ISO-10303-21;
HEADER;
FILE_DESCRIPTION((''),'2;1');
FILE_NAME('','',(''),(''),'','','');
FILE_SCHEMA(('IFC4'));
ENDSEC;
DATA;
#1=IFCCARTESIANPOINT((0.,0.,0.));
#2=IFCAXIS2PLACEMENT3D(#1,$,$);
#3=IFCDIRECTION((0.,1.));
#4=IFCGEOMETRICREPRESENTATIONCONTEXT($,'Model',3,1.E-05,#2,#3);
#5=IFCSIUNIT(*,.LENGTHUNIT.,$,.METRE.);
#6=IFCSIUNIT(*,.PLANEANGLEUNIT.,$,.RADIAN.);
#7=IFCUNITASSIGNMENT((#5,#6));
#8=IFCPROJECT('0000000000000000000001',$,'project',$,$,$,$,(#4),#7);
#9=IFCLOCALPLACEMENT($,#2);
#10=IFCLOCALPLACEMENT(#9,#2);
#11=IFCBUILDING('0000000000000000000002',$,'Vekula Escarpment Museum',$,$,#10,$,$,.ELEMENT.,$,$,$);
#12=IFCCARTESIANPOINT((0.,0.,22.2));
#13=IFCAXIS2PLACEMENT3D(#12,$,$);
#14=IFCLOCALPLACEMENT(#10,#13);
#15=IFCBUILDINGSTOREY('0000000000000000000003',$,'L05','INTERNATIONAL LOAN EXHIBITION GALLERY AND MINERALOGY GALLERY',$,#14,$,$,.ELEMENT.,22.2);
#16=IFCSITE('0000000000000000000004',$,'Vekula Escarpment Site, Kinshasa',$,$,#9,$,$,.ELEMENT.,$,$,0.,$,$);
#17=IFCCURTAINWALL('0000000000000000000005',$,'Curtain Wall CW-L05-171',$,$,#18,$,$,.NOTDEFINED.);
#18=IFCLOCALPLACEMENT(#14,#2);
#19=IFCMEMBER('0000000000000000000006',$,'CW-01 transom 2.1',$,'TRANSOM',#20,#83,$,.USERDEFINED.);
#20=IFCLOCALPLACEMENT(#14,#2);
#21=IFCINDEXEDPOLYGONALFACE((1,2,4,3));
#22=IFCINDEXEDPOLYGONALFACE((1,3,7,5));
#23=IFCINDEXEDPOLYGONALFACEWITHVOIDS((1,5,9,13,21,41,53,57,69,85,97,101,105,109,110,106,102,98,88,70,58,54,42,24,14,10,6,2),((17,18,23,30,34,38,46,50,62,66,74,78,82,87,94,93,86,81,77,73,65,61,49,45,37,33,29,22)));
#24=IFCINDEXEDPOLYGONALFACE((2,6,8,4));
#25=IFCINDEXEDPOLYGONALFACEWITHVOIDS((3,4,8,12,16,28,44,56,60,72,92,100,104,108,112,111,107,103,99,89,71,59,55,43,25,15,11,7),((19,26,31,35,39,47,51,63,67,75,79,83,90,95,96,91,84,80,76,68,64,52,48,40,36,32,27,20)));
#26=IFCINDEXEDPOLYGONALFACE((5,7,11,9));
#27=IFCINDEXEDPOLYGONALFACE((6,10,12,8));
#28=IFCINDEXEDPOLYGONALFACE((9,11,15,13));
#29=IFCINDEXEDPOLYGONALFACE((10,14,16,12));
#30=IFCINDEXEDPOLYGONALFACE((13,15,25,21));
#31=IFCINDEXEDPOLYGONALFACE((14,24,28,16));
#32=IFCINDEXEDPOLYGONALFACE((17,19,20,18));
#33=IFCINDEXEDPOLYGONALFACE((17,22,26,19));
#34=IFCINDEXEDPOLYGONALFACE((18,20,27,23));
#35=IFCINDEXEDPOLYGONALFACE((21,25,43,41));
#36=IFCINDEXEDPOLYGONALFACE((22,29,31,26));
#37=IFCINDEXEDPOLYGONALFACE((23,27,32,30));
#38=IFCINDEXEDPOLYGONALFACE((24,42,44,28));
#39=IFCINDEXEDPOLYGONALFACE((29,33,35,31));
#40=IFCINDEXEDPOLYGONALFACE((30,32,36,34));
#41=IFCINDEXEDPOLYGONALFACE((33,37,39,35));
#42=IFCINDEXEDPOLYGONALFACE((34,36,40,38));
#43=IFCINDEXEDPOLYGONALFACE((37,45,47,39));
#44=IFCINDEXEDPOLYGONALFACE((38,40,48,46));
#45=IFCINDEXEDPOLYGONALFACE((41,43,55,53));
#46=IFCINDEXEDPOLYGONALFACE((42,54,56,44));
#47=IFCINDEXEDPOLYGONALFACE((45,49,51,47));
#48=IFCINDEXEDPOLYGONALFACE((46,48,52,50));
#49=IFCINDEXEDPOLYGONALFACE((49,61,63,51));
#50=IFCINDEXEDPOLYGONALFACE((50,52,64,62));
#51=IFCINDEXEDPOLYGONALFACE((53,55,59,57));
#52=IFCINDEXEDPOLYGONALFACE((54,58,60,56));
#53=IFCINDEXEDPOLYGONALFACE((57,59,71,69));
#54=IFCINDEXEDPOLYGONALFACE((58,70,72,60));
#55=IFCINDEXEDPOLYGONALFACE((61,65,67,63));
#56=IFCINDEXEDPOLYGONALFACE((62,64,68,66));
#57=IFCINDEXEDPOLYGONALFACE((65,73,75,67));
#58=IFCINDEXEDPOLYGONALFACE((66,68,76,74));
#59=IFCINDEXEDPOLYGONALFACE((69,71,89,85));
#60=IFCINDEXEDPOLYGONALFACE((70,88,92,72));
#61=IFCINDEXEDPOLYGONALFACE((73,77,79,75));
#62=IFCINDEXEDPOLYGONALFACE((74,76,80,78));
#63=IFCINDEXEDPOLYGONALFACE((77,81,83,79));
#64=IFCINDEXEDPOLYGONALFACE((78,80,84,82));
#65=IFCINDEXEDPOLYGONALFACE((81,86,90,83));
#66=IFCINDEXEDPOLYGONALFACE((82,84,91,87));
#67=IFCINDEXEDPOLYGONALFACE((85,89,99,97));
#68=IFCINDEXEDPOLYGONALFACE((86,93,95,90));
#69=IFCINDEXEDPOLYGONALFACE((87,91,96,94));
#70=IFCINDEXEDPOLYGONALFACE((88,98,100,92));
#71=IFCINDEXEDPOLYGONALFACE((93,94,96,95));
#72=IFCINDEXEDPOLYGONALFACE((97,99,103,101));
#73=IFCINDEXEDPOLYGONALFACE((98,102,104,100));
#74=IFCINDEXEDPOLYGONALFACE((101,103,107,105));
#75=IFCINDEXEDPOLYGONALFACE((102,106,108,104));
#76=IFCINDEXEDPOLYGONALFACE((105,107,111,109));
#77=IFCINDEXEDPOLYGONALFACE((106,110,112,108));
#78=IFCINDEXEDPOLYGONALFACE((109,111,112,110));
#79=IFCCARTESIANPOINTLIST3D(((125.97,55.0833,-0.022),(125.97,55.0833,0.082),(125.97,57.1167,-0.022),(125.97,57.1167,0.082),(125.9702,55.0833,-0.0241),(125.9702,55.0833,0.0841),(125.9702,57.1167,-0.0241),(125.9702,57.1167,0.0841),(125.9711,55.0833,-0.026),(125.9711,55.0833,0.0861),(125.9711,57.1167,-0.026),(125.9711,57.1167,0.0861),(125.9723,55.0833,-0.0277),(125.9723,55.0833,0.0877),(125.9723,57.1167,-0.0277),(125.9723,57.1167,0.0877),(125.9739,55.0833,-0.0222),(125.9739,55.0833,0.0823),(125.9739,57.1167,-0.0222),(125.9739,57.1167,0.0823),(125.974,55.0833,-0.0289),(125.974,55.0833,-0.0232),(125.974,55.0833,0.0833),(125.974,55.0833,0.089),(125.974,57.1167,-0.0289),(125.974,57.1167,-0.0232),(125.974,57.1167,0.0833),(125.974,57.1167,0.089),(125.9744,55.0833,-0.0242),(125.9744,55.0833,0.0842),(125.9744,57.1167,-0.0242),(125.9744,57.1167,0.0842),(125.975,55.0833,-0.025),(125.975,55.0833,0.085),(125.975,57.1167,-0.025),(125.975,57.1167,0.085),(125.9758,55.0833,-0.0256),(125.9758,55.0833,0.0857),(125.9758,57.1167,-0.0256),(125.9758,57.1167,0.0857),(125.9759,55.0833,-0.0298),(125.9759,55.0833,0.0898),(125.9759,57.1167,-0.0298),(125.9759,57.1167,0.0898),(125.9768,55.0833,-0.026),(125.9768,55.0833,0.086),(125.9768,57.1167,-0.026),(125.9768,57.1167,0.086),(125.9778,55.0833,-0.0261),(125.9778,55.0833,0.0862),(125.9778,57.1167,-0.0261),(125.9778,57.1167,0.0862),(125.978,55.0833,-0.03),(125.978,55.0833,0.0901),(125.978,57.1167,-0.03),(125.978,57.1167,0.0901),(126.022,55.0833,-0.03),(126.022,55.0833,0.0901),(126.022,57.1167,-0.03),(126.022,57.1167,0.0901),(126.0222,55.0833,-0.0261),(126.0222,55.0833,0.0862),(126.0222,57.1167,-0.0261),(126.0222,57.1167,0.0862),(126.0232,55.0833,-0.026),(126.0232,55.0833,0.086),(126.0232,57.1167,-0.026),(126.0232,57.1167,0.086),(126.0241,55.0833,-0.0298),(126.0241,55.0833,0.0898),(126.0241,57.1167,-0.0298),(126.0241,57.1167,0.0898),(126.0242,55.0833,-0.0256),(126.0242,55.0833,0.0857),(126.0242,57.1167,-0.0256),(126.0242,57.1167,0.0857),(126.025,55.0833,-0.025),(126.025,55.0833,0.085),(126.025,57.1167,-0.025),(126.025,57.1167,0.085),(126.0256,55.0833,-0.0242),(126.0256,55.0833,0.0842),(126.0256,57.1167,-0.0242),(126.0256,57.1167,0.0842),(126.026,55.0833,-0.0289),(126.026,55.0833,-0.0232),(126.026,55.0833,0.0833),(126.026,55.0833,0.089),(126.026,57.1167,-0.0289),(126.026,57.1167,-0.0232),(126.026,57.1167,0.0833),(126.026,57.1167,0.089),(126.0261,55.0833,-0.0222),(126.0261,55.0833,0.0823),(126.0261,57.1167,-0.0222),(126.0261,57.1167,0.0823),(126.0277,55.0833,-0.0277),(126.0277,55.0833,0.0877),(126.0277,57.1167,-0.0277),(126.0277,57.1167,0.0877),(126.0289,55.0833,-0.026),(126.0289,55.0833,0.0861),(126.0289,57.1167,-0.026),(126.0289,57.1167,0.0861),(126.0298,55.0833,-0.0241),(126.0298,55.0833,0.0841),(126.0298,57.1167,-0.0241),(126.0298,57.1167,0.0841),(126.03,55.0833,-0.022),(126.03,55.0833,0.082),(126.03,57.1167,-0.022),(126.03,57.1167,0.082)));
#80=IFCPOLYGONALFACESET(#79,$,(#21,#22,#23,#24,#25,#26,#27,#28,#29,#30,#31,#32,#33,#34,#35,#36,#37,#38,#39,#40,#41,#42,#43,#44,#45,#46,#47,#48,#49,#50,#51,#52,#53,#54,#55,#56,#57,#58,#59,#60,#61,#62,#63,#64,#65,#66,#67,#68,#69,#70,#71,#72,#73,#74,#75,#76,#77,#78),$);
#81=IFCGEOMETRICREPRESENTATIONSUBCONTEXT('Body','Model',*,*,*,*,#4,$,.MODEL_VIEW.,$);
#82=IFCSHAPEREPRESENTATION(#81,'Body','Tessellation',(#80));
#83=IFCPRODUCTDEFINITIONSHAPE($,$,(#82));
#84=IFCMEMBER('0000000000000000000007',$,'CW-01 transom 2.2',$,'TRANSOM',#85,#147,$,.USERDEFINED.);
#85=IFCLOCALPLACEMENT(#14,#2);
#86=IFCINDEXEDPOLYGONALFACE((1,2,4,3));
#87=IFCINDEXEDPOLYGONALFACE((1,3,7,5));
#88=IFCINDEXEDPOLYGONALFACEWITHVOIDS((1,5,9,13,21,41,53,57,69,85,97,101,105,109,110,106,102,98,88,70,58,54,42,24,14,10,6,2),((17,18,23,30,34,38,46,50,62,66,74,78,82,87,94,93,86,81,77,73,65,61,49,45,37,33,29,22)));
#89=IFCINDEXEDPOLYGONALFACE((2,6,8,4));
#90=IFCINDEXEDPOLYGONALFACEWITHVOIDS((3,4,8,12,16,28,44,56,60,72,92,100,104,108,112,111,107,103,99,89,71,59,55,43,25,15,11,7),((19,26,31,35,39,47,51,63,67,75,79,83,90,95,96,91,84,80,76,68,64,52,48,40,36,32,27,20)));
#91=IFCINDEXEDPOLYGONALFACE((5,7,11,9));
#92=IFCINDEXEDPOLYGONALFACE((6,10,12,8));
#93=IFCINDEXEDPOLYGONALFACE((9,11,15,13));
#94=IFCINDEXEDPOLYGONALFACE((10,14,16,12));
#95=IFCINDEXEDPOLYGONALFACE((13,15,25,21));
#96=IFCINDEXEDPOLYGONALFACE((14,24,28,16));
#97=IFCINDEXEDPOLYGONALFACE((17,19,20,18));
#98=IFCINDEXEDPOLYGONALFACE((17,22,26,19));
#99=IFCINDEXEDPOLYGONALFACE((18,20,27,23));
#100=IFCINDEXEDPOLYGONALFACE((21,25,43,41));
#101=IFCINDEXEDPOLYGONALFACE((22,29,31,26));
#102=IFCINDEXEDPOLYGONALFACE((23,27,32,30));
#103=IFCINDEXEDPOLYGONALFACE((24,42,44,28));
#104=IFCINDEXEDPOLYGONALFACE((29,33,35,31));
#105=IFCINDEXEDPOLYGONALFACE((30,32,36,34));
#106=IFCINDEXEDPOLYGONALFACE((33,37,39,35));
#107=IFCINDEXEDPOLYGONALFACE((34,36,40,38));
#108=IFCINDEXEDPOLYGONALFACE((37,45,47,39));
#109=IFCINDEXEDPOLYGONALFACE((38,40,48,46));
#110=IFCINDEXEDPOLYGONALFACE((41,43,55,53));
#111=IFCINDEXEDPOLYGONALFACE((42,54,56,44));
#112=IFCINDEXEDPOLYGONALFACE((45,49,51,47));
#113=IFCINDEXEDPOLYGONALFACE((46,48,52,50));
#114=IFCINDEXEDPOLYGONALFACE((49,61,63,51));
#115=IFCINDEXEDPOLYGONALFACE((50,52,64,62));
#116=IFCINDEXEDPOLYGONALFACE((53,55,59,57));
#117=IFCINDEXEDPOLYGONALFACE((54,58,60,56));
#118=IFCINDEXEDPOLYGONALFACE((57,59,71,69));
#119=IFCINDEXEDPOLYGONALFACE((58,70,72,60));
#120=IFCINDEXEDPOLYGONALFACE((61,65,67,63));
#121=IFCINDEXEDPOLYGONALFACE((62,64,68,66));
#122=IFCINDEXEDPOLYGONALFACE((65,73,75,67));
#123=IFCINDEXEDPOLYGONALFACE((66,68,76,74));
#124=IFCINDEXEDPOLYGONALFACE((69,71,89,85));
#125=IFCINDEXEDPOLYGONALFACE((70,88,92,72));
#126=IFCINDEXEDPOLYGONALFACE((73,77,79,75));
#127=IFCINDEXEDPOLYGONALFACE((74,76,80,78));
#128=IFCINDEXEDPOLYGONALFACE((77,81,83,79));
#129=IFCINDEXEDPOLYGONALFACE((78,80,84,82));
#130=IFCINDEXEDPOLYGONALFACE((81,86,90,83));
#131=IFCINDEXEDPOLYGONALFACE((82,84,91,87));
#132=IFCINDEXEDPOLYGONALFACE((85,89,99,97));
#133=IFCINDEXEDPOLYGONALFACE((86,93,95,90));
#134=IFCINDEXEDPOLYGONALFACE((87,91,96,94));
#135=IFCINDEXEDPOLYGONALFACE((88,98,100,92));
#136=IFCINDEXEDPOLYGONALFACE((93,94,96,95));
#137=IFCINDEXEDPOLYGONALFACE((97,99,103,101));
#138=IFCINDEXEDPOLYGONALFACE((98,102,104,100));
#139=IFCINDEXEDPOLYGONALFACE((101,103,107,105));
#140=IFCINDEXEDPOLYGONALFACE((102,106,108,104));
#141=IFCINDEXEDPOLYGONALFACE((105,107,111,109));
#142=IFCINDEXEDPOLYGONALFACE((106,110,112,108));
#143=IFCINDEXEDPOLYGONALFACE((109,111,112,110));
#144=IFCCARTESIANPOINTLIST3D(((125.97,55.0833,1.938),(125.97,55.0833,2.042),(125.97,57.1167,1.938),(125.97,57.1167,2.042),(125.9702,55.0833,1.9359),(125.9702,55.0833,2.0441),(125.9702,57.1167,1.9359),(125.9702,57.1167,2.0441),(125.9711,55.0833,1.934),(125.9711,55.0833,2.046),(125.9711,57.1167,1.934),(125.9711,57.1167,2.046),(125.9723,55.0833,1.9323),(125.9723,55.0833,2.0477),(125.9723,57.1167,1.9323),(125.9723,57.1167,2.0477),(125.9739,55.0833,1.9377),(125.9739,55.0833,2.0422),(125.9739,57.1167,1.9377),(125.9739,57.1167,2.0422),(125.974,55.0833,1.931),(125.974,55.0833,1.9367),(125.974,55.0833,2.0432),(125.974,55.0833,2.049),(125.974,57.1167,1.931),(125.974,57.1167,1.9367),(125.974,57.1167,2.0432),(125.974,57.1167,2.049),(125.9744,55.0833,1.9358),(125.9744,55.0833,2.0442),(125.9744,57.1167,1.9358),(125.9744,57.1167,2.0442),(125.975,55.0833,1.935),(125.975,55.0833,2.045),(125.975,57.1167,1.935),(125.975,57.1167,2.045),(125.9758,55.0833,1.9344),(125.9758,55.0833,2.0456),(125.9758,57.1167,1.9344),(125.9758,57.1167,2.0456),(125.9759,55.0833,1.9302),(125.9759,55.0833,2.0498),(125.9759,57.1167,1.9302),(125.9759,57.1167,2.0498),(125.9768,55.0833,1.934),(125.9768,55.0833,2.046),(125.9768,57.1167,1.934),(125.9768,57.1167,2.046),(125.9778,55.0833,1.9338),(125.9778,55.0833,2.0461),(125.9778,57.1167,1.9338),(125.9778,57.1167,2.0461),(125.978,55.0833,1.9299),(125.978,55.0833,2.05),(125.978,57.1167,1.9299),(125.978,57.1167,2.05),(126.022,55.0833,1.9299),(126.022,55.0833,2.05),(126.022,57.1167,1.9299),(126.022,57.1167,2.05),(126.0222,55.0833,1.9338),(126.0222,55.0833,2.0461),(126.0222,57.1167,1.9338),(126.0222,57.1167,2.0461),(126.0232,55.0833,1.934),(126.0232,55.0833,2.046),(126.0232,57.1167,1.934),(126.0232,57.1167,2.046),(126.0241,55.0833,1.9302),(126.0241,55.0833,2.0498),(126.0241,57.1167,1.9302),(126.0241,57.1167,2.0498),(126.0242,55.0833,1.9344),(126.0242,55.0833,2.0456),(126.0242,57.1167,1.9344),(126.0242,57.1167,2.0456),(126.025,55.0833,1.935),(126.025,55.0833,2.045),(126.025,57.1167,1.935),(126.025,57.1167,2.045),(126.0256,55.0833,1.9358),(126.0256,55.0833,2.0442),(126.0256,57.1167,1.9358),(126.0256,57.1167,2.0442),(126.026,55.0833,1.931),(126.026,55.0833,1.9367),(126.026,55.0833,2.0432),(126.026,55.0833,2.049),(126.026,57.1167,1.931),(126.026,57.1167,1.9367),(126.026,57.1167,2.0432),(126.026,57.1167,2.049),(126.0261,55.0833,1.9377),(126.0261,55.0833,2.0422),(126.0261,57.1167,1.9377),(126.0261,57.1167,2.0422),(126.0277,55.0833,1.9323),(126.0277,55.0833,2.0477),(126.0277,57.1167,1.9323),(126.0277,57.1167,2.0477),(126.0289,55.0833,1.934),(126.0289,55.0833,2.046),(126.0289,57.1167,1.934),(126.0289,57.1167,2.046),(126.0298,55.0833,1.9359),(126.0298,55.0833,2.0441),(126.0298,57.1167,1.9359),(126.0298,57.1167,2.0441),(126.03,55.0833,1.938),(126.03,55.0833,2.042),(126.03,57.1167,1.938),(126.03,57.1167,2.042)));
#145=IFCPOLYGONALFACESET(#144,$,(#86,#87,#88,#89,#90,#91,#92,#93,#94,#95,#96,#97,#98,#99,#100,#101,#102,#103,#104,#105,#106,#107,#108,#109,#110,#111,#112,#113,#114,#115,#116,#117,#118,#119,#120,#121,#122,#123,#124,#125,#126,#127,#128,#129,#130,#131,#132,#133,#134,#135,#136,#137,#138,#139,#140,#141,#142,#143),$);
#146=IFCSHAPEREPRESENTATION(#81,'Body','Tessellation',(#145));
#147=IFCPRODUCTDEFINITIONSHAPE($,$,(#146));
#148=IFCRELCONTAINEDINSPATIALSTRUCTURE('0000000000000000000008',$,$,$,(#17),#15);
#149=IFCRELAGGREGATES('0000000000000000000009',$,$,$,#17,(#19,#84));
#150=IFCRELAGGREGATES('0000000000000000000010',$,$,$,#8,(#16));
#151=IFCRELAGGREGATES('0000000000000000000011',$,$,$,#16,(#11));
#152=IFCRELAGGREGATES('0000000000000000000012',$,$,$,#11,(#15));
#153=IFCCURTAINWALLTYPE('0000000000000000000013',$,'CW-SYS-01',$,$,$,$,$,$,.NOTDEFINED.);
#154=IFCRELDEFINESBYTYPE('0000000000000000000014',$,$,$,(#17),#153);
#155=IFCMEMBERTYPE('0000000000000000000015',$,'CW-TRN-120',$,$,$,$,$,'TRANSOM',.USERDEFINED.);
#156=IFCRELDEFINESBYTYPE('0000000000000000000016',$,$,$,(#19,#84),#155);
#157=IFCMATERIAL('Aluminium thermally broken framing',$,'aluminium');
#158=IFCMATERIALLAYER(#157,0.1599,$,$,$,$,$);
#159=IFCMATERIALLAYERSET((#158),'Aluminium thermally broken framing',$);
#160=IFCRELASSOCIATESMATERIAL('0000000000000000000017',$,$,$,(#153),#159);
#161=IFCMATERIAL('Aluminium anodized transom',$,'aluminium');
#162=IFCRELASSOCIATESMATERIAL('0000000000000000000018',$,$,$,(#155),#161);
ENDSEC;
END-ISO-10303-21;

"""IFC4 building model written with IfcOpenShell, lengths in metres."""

from ifc_helpers import new_model, si_unit, direction, frame, origin, origin_2d, place, context, subcontext, project, spatial, hollow_rectangle, extrude, material, layer, layer_set, material_profile, profile_set, type_object, element, aggregate, save


model = new_model("IFC4")

# Units and contexts
model_context = context("Model", 3, precision=1e-05, world=origin(), true_north=direction((0.0, 1.0)))
body_context = subcontext(model_context, "Body", "Model", "MODEL_VIEW")
ifc_project = project(units=[si_unit("LENGTHUNIT", "METRE"), si_unit("PLANEANGLEUNIT", "RADIAN")], contexts=[model_context])

# Site, building, storey
site_placement = place(None, origin())
site = spatial("IfcSite", under=ifc_project, at=site_placement, Name="Vekula Escarpment Site, Kinshasa", CompositionType="ELEMENT", RefElevation=0.0)
building_placement = place(site_placement, origin())
building = spatial("IfcBuilding", under=site, at=building_placement, Name="Vekula Escarpment Museum", CompositionType="ELEMENT")
storey_placement = place(building_placement, frame((0.0, 0.0, 22.2)))
storey = spatial("IfcBuildingStorey", under=building, at=storey_placement, Name="L05", Description="INTERNATIONAL LOAN EXHIBITION GALLERY AND MINERALOGY GALLERY", CompositionType="ELEMENT", Elevation=22.2)

# Curtain wall, members
ifc_material_1 = material(Name="Aluminium thermally broken framing", Category="aluminium")
ifc_layer_1 = layer(ifc_material_1, 0.1599)
ifc_layer_set_1 = layer_set([ifc_layer_1], Name="Aluminium thermally broken framing")
curtain_wall_type = type_object("IfcCurtainWallType", Name="CW-SYS-01", PredefinedType="NOTDEFINED", material=ifc_layer_set_1)
curtain_wall_placement = place(storey_placement, origin())
curtain_wall = element("IfcCurtainWall", 1, at=curtain_wall_placement, inside=storey, type_object=curtain_wall_type, Name="Curtain Wall CW-L05-171", PredefinedType="NOTDEFINED")
ifc_material_2 = material(Name="Aluminium anodized transom", Category="aluminium")
ifc_material_profile_1 = material_profile(ifc_material_2, hollow_rectangle(XDim=0.0601, YDim=0.1201, WallThickness=0.0039, InnerFilletRadius=0.0039, OuterFilletRadius=0.0081, at=origin_2d()), Name="ALU 120x60x4")
ifc_profile_set_1 = profile_set([ifc_material_profile_1], Name="Aluminium anodized transom")
member_type_1 = type_object("IfcMemberType", Name="CW-TRN-120", ElementType="TRANSOM", PredefinedType="USERDEFINED", material=ifc_profile_set_1)
member_1_placement = place(storey_placement, frame((126.0, 55.0833, 0.03), z_axis=(0.0, 1.0, 0.0), x_axis=(-1.0, 0.0, 0.0)))
member_1 = element("IfcMember", 2, at=member_1_placement, type_object=member_type_1, Name="CW-01 transom 2.1", ObjectType="TRANSOM", PredefinedType="USERDEFINED", context=body_context, shape_type="SweptSolid", body=[
    extrude(hollow_rectangle(XDim=0.0601, YDim=0.1201, WallThickness=0.0039, InnerFilletRadius=0.0039, OuterFilletRadius=0.0081, at=origin_2d()), origin(), (0.0, 0.0, 1.0), 2.0334),
])
member_2_placement = place(storey_placement, frame((126.0, 55.0833, 1.99), z_axis=(0.0, 1.0, 0.0), x_axis=(-1.0, 0.0, 0.0)))
member_2 = element("IfcMember", 3, at=member_2_placement, type_object=member_type_1, Name="CW-01 transom 2.2", ObjectType="TRANSOM", PredefinedType="USERDEFINED", context=body_context, shape_type="SweptSolid", body=[
    extrude(hollow_rectangle(XDim=0.0601, YDim=0.1201, WallThickness=0.0039, InnerFilletRadius=0.0039, OuterFilletRadius=0.0081, at=origin_2d()), origin(), (0.0, 0.0, 1.0), 2.0334),
])

aggregate(curtain_wall, [member_1, member_2])

save(model, "model.ifc")
